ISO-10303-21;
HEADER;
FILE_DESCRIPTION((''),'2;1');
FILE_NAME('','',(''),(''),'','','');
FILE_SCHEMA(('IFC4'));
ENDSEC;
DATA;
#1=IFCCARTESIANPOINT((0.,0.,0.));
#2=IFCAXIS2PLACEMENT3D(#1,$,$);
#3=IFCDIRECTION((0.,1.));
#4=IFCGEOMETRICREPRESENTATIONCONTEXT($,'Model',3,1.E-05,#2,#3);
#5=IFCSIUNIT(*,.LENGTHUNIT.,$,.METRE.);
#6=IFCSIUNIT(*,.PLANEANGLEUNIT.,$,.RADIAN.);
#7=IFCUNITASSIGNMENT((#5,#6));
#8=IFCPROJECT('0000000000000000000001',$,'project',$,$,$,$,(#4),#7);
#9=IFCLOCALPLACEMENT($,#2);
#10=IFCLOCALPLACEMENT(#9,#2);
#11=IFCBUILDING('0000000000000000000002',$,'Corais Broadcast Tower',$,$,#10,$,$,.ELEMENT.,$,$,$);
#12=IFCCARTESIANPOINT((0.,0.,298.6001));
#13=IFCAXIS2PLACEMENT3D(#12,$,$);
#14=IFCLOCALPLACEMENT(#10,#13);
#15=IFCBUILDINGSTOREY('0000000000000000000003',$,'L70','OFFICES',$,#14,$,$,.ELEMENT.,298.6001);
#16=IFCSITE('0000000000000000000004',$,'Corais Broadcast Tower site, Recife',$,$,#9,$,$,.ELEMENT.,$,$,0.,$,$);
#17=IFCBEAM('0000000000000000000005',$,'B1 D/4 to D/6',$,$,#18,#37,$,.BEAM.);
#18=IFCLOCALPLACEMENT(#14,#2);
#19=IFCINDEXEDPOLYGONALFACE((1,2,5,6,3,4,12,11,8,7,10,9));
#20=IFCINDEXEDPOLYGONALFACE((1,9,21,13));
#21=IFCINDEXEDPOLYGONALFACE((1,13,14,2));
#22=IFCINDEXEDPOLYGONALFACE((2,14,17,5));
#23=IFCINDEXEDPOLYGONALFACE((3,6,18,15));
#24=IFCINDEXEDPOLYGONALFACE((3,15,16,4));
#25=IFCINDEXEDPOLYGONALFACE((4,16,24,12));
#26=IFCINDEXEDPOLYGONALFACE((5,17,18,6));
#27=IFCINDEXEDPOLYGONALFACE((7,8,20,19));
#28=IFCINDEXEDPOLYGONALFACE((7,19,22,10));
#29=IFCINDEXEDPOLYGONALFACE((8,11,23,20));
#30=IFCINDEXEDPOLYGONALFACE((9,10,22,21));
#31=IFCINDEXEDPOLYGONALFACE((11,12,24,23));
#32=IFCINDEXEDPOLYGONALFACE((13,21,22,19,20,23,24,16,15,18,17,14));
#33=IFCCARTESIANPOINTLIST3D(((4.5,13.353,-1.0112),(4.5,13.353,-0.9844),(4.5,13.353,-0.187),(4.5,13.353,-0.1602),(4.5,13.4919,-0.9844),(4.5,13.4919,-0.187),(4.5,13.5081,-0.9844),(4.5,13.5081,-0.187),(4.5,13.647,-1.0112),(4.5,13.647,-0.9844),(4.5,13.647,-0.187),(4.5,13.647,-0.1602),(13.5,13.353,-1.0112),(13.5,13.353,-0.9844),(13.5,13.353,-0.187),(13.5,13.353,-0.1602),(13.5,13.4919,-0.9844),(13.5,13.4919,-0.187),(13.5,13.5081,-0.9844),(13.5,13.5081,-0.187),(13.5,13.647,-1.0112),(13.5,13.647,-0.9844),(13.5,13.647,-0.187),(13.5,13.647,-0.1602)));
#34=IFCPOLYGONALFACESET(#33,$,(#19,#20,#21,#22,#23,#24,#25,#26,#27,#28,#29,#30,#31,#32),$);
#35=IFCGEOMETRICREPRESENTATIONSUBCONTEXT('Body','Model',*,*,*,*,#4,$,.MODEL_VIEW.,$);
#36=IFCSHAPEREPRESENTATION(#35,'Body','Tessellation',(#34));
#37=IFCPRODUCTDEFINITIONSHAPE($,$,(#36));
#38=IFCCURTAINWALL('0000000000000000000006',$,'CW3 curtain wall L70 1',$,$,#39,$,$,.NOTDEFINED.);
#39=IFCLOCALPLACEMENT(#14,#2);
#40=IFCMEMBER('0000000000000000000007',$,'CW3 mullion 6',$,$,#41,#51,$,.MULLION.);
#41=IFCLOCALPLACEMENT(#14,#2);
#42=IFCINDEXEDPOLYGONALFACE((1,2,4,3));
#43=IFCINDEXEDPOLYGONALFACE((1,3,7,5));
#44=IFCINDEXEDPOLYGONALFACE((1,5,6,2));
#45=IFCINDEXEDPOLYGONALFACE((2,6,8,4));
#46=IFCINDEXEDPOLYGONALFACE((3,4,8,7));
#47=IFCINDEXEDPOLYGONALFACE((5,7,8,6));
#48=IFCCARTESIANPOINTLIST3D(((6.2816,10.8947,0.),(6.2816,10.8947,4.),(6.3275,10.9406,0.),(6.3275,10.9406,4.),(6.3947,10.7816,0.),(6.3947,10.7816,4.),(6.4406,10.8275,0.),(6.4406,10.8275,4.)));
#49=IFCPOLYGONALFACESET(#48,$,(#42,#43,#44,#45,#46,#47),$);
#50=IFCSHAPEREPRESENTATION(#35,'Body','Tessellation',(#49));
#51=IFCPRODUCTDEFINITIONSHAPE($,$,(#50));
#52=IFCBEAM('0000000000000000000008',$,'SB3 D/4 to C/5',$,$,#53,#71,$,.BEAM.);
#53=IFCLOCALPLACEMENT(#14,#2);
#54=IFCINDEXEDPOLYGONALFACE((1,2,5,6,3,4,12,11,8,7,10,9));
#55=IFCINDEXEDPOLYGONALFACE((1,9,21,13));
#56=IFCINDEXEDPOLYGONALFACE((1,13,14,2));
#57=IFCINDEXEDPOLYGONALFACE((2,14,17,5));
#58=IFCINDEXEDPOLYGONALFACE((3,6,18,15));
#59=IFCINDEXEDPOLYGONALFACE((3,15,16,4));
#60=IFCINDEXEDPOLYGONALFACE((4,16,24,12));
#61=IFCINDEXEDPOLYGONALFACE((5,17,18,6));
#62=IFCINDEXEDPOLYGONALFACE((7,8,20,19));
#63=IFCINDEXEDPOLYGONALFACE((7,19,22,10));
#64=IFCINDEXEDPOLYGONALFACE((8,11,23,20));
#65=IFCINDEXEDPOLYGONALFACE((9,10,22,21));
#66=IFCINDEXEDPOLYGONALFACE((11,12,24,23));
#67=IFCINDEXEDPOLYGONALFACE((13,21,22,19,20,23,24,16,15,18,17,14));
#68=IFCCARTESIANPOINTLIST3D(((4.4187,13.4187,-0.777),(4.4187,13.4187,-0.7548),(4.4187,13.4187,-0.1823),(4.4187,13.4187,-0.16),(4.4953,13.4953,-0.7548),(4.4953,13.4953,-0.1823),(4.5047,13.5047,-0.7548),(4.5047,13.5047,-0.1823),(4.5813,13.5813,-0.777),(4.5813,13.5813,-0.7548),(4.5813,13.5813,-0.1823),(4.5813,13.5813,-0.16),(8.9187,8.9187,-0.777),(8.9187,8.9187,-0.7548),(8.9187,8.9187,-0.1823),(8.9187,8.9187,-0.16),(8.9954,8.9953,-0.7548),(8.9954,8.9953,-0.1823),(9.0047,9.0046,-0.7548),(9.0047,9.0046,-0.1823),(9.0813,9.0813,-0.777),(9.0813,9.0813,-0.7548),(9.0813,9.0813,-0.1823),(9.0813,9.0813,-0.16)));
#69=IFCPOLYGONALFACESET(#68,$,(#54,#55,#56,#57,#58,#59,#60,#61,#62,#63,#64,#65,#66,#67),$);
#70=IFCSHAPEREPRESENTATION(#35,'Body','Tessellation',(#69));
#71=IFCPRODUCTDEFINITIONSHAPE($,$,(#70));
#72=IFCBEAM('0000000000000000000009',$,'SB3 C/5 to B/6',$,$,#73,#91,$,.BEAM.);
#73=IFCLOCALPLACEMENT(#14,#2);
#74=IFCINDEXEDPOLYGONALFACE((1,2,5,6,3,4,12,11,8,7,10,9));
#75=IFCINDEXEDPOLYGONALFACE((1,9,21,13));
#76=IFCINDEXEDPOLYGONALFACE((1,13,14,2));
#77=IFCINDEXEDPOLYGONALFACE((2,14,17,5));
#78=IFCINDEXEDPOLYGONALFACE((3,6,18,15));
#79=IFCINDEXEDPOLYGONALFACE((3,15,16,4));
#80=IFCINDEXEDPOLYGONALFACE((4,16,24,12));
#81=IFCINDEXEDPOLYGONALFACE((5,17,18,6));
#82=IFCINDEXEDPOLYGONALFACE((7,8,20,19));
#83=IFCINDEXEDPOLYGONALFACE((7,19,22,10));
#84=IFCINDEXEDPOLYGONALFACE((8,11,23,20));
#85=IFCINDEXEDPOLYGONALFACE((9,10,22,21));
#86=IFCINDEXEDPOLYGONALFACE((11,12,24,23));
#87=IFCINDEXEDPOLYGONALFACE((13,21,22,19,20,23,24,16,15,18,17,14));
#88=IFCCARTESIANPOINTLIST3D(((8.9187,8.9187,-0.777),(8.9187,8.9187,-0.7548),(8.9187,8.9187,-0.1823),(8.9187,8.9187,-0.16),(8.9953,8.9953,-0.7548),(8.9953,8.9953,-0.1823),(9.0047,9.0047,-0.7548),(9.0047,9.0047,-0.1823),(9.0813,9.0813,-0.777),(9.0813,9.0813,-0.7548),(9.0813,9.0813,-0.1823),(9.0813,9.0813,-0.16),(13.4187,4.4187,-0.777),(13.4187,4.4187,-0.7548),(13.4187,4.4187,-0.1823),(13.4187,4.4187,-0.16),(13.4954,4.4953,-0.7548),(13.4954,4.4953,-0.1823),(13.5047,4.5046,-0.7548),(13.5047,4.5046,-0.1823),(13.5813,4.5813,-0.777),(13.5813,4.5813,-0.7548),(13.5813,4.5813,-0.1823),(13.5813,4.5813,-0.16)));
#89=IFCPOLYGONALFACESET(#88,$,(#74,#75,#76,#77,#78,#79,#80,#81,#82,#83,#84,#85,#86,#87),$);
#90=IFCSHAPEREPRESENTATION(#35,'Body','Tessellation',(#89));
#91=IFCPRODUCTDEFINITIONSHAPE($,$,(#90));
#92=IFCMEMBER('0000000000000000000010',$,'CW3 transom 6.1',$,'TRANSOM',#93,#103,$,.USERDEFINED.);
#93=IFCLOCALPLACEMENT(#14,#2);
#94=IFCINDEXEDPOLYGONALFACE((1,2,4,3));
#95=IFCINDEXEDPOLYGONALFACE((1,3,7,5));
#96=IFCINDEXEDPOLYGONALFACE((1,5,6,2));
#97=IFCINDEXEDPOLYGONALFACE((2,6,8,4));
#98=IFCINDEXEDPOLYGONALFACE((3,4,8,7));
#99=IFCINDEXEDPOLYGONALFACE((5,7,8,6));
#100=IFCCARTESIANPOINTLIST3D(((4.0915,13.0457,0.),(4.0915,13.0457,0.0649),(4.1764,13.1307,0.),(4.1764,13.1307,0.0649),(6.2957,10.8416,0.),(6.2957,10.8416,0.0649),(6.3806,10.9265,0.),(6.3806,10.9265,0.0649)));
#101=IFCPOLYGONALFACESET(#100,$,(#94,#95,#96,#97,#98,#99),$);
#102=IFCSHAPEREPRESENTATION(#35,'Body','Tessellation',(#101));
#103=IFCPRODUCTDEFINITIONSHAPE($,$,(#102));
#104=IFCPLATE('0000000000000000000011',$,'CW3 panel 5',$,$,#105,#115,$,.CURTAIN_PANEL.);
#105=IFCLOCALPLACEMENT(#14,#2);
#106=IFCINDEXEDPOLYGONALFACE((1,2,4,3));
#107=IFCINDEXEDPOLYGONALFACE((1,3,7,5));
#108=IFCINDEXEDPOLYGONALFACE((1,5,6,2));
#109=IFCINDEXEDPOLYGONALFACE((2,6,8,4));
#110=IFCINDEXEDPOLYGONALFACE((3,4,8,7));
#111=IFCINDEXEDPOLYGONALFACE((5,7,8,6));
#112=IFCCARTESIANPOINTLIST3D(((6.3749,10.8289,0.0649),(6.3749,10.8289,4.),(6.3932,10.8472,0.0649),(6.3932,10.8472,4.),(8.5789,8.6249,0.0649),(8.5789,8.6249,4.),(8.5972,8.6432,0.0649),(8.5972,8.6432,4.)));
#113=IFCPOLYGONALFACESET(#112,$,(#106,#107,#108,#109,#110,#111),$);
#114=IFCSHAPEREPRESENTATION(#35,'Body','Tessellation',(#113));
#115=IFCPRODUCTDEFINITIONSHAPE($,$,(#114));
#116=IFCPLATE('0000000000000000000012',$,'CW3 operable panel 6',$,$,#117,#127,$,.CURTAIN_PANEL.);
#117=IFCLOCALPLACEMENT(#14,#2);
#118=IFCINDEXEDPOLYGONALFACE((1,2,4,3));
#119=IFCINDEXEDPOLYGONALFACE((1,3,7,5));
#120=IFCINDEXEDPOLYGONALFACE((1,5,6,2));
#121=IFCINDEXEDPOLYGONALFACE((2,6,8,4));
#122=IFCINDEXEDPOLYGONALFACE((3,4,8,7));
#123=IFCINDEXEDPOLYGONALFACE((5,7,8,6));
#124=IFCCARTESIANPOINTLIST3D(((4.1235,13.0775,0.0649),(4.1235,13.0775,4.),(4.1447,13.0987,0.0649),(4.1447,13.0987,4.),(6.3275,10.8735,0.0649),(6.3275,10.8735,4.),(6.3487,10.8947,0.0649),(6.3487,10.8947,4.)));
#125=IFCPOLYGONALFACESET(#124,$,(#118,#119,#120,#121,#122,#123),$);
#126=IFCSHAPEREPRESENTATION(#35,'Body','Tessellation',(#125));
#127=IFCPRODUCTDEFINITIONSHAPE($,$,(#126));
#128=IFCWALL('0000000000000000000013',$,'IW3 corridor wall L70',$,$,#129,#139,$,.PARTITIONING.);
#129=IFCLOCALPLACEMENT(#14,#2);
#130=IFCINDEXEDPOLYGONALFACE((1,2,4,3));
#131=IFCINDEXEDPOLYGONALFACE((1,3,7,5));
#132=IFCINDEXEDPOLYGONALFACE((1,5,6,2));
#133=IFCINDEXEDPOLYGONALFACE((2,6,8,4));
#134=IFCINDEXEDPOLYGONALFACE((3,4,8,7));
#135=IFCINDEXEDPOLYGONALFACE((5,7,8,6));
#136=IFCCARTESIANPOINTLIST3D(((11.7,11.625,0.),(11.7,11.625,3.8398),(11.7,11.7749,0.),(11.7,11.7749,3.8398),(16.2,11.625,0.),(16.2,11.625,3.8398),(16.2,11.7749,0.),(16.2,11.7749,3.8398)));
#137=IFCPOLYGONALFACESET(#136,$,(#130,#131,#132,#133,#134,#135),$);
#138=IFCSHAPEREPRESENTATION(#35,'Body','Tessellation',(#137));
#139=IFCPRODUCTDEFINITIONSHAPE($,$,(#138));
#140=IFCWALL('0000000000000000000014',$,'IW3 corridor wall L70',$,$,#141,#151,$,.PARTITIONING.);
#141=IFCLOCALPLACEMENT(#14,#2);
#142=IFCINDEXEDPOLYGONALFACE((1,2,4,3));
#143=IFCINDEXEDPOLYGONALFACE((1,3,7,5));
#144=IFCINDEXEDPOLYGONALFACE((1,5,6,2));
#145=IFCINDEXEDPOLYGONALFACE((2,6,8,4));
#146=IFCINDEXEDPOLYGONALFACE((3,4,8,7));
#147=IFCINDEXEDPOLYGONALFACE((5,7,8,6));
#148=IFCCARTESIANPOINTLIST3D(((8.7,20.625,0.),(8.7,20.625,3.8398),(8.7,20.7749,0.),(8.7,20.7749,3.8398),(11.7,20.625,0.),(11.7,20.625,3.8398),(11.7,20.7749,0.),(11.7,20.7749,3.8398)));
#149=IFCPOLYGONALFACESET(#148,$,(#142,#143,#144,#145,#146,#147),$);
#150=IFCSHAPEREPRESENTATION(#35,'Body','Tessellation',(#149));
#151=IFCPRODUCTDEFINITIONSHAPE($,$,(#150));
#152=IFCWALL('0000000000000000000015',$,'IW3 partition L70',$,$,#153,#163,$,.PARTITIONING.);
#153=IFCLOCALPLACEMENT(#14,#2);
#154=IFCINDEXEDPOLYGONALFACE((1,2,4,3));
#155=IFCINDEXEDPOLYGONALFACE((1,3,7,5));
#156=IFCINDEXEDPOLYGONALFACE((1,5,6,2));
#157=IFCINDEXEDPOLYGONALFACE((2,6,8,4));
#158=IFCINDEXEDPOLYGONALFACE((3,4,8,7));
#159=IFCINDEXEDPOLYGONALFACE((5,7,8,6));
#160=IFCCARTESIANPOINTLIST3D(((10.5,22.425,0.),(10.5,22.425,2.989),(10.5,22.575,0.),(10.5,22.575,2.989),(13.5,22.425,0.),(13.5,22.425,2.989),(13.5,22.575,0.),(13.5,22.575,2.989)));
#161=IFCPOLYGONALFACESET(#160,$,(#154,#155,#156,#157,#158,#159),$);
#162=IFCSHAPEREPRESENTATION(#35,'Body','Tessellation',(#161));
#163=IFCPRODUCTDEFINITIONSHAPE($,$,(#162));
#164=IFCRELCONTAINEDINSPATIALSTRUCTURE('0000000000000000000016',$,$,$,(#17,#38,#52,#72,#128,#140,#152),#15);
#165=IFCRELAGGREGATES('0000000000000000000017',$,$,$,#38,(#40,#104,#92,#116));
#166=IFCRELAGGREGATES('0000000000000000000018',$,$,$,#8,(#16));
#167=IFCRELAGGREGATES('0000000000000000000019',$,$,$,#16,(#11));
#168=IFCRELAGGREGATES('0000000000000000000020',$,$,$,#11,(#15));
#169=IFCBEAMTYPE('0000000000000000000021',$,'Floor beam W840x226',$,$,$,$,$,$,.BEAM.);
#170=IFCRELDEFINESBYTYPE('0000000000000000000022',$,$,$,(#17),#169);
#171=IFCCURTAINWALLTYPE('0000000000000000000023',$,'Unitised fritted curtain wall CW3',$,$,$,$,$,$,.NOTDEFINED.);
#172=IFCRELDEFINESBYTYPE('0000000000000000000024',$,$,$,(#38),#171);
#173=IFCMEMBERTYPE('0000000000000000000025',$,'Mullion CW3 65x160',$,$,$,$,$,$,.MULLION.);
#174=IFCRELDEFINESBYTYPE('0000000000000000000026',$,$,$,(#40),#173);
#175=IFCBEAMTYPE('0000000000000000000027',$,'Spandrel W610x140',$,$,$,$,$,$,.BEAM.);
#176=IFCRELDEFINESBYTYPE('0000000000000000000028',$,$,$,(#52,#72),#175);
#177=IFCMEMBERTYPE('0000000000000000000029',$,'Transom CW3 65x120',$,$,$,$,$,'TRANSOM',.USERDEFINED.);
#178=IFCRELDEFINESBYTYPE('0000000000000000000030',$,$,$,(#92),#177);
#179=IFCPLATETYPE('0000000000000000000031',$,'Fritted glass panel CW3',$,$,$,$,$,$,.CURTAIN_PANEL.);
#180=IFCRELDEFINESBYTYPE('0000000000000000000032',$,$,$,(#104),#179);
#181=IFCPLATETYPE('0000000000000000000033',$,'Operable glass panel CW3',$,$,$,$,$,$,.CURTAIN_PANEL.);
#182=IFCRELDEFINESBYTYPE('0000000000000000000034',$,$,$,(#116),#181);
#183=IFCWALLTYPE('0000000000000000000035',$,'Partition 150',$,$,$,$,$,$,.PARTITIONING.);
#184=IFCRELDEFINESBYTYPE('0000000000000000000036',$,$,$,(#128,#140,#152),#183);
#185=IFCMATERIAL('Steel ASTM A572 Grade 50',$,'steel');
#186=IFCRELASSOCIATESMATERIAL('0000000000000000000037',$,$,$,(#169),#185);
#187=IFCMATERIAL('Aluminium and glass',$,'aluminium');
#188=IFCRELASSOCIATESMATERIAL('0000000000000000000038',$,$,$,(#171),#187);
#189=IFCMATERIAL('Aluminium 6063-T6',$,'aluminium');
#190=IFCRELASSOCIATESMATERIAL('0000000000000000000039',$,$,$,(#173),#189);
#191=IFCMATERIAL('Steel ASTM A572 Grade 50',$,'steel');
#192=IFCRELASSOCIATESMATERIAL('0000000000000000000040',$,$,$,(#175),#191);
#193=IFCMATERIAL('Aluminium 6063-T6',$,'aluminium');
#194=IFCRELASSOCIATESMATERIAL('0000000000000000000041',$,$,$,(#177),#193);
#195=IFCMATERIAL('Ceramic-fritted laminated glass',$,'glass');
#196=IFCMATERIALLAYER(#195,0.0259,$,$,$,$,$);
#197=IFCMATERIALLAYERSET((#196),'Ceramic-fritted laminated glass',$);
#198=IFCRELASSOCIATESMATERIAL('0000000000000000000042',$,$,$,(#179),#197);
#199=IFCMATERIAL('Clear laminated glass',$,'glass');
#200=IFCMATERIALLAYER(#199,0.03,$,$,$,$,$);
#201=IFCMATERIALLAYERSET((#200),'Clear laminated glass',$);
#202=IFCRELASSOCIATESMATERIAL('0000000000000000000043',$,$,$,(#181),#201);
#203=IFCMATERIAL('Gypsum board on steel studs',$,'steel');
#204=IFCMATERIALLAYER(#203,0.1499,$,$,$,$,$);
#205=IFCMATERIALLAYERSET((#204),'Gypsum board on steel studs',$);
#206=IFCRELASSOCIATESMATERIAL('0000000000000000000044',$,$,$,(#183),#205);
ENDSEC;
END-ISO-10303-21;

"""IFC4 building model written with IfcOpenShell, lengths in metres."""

from ifc_helpers import new_model, si_unit, direction, frame, frame_2d, origin, origin_2d, place, context, subcontext, project, spatial, rectangle, i_section, extrude, material, layer, layer_set, material_profile, profile_set, type_object, element, aggregate, save


model = new_model("IFC4")

# Units and contexts
model_context = context("Model", 3, precision=1e-05, world=origin(), true_north=direction((0.0, 1.0)))
body_context = subcontext(model_context, "Body", "Model", "MODEL_VIEW")
ifc_project = project(units=[si_unit("LENGTHUNIT", "METRE"), si_unit("PLANEANGLEUNIT", "RADIAN")], contexts=[model_context])

# Site, building, storey
site_placement = place(None, origin())
site = spatial("IfcSite", under=ifc_project, at=site_placement, Name="Corais Broadcast Tower site, Recife", CompositionType="ELEMENT", RefElevation=0.0)
building_placement = place(site_placement, origin())
building = spatial("IfcBuilding", under=site, at=building_placement, Name="Corais Broadcast Tower", CompositionType="ELEMENT")
storey_placement = place(building_placement, frame((0.0, 0.0, 298.6001)))
storey = spatial("IfcBuildingStorey", under=building, at=storey_placement, Name="L70", Description="OFFICES", CompositionType="ELEMENT", Elevation=298.6001)

# Beam
ifc_material_1 = material(Name="Steel ASTM A572 Grade 50", Category="steel")
ifc_material_profile_1 = material_profile(ifc_material_1, i_section(OverallWidth=0.2939, OverallDepth=0.8511, WebThickness=0.0161, FlangeThickness=0.0269, at=origin_2d()), Name="W840x226")
ifc_profile_set_1 = profile_set([ifc_material_profile_1], Name="Steel ASTM A572 Grade 50")
beam_type_1 = type_object("IfcBeamType", Name="Floor beam W840x226", PredefinedType="BEAM", material=ifc_profile_set_1)
beam_placement = place(storey_placement, frame((4.5, 13.5, -0.5857), z_axis=(1.0, 0.0, 0.0), x_axis=(0.0, 1.0, 0.0)))
element("IfcBeam", 1, at=beam_placement, inside=storey, type_object=beam_type_1, Name="B1 D/4 to D/6", PredefinedType="BEAM", context=body_context, shape_type="SweptSolid", body=[
    extrude(i_section(OverallWidth=0.2939, OverallDepth=0.8511, WebThickness=0.0161, FlangeThickness=0.0269, at=origin_2d()), origin(), (0.0, 0.0, 1.0), 9.0),
])

# Curtain wall, member
ifc_material_2 = material(Name="Aluminium and glass", Category="aluminium")
curtain_wall_type = type_object("IfcCurtainWallType", Name="Unitised fritted curtain wall CW3", PredefinedType="NOTDEFINED", material=ifc_material_2)
curtain_wall_placement = place(storey_placement, origin())
curtain_wall = element("IfcCurtainWall", 2, at=curtain_wall_placement, inside=storey, type_object=curtain_wall_type, Name="CW3 curtain wall L70 1", PredefinedType="NOTDEFINED")
ifc_material_3 = material(Name="Aluminium 6063-T6", Category="aluminium")
ifc_material_profile_2 = material_profile(ifc_material_3, rectangle(XDim=0.0649, YDim=0.1599, at=origin_2d()), Name="Mullion CW3 65x160")
ifc_profile_set_2 = profile_set([ifc_material_profile_2], Name="Aluminium 6063-T6")
member_type_1 = type_object("IfcMemberType", Name="Mullion CW3 65x160", PredefinedType="MULLION", material=ifc_profile_set_2)
member_1_placement = place(storey_placement, frame((6.3611, 10.8611, 0.0), z_axis=(0.0, 0.0, 1.0), x_axis=(-0.707107, -0.707107, 0.0)))
member_1 = element("IfcMember", 3, at=member_1_placement, type_object=member_type_1, Name="CW3 mullion 6", PredefinedType="MULLION", context=body_context, shape_type="SweptSolid", body=[
    extrude(rectangle(XDim=0.0649, YDim=0.1599, at=origin_2d()), origin(), (0.0, 0.0, 1.0), 4.0),
])

# Beams
ifc_material_4 = material(Name="Steel ASTM A572 Grade 50", Category="steel")
ifc_material_profile_3 = material_profile(ifc_material_4, i_section(OverallWidth=0.23, OverallDepth=0.6169, WebThickness=0.0132, FlangeThickness=0.0222, at=origin_2d()), Name="W610x140")
ifc_profile_set_3 = profile_set([ifc_material_profile_3], Name="Steel ASTM A572 Grade 50")
beam_type_2 = type_object("IfcBeamType", Name="Spandrel W610x140", PredefinedType="BEAM", material=ifc_profile_set_3)
for number, where, z_axis, x_axis, name in (
    (4, (4.5, 13.5, -0.4685), (0.707107, -0.707107, 0.0), (0.707107, 0.707107, 0.0), "SB3 D/4 to C/5"),
    (5, (9.0, 9.0, -0.4685), (0.707107, -0.707107, 0.0), (0.707107, 0.707107, 0.0), "SB3 C/5 to B/6"),
):
    element("IfcBeam", number, at=place(storey_placement, frame(where, z_axis=z_axis, x_axis=x_axis)), inside=storey, type_object=beam_type_2, Name=name, PredefinedType="BEAM", context=body_context, shape_type="SweptSolid", body=[
        extrude(i_section(OverallWidth=0.23, OverallDepth=0.6169, WebThickness=0.0132, FlangeThickness=0.0222, at=origin_2d()), origin(), (0.0, 0.0, 1.0), 6.364),
    ])

# Member
ifc_material_5 = material(Name="Aluminium 6063-T6", Category="aluminium")
ifc_material_profile_4 = material_profile(ifc_material_5, rectangle(XDim=0.1201, YDim=0.0649, at=origin_2d()), Name="Transom CW3 65x120")
ifc_profile_set_4 = profile_set([ifc_material_profile_4], Name="Aluminium 6063-T6")
member_type_2 = type_object("IfcMemberType", Name="Transom CW3 65x120", ElementType="TRANSOM", PredefinedType="USERDEFINED", material=ifc_profile_set_4)
member_2_placement = place(storey_placement, frame((6.3381, 10.884, 0.0325), z_axis=(-0.707107, 0.707107, 0.0), x_axis=(-0.707107, -0.707107, 0.0)))
member_2 = element("IfcMember", 6, at=member_2_placement, type_object=member_type_2, Name="CW3 transom 6.1", ObjectType="TRANSOM", PredefinedType="USERDEFINED", context=body_context, shape_type="SweptSolid", body=[
    extrude(rectangle(XDim=0.1201, YDim=0.0649, at=origin_2d()), origin(), (0.0, 0.0, 1.0), 3.1172),
])

# Plates
ifc_material_6 = material(Name="Ceramic-fritted laminated glass", Category="glass")
ifc_layer_1 = layer(ifc_material_6, 0.0259)
ifc_layer_set_1 = layer_set([ifc_layer_1], Name="Ceramic-fritted laminated glass")
plate_type_1 = type_object("IfcPlateType", Name="Fritted glass panel CW3", PredefinedType="CURTAIN_PANEL", material=ifc_layer_set_1)
plate_1_placement = place(storey_placement, frame((7.4861, 9.7361, 0.0649), z_axis=(0.0, 0.0, 1.0), x_axis=(-0.707107, 0.707107, 0.0)))
plate_1 = element("IfcPlate", 7, at=plate_1_placement, type_object=plate_type_1, Name="CW3 panel 5", PredefinedType="CURTAIN_PANEL", context=body_context, shape_type="SweptSolid", body=[
    extrude(rectangle(XDim=3.1169, YDim=0.0259, at=origin_2d()), origin(), (0.0, 0.0, 1.0), 3.9351),
])
ifc_material_7 = material(Name="Clear laminated glass", Category="glass")
ifc_layer_2 = layer(ifc_material_7, 0.03)
ifc_layer_set_2 = layer_set([ifc_layer_2], Name="Clear laminated glass")
plate_type_2 = type_object("IfcPlateType", Name="Operable glass panel CW3", PredefinedType="CURTAIN_PANEL", material=ifc_layer_set_2)
plate_2_placement = place(storey_placement, frame((5.2361, 11.9861, 0.0649), z_axis=(0.0, 0.0, 1.0), x_axis=(-0.707107, 0.707107, 0.0)))
plate_2 = element("IfcPlate", 8, at=plate_2_placement, type_object=plate_type_2, Name="CW3 operable panel 6", PredefinedType="CURTAIN_PANEL", context=body_context, shape_type="SweptSolid", body=[
    extrude(rectangle(XDim=3.1169, YDim=0.03, at=origin_2d()), origin(), (0.0, 0.0, 1.0), 3.9351),
])
aggregate(curtain_wall, [member_1, plate_1, member_2, plate_2])

# Walls
ifc_material_8 = material(Name="Gypsum board on steel studs", Category="steel")
ifc_layer_3 = layer(ifc_material_8, 0.1499)
ifc_layer_set_3 = layer_set([ifc_layer_3], Name="Gypsum board on steel studs")
wall_type = type_object("IfcWallType", Name="Partition 150", PredefinedType="PARTITIONING", material=ifc_layer_set_3)
wall_1_placement = place(storey_placement, frame((11.7, 11.7, 0.0), z_axis=(0.0, 0.0, 1.0), x_axis=(1.0, 0.0, 0.0)))
element("IfcWall", 9, at=wall_1_placement, inside=storey, type_object=wall_type, Name="IW3 corridor wall L70", PredefinedType="PARTITIONING", context=body_context, shape_type="SweptSolid", body=[
    extrude(rectangle(XDim=4.5, YDim=0.1499, at=frame_2d((2.25, 0.0))), origin(), (0.0, 0.0, 1.0), 3.8398),
])
wall_2_placement = place(storey_placement, frame((8.7, 20.7, 0.0), z_axis=(0.0, 0.0, 1.0), x_axis=(1.0, 0.0, 0.0)))
element("IfcWall", 10, at=wall_2_placement, inside=storey, type_object=wall_type, Name="IW3 corridor wall L70", PredefinedType="PARTITIONING", context=body_context, shape_type="SweptSolid", body=[
    extrude(rectangle(XDim=3.0, YDim=0.1499, at=frame_2d((1.5, 0.0))), origin(), (0.0, 0.0, 1.0), 3.8398),
])
wall_3_placement = place(storey_placement, frame((10.5, 22.5, 0.0), z_axis=(0.0, 0.0, 1.0), x_axis=(1.0, 0.0, 0.0)))
element("IfcWall", 11, at=wall_3_placement, inside=storey, type_object=wall_type, Name="IW3 partition L70", PredefinedType="PARTITIONING", context=body_context, shape_type="SweptSolid", body=[
    extrude(rectangle(XDim=3.0, YDim=0.1499, at=frame_2d((1.5, 0.0))), origin(), (0.0, 0.0, 1.0), 2.989),
])

save(model, "model.ifc")
